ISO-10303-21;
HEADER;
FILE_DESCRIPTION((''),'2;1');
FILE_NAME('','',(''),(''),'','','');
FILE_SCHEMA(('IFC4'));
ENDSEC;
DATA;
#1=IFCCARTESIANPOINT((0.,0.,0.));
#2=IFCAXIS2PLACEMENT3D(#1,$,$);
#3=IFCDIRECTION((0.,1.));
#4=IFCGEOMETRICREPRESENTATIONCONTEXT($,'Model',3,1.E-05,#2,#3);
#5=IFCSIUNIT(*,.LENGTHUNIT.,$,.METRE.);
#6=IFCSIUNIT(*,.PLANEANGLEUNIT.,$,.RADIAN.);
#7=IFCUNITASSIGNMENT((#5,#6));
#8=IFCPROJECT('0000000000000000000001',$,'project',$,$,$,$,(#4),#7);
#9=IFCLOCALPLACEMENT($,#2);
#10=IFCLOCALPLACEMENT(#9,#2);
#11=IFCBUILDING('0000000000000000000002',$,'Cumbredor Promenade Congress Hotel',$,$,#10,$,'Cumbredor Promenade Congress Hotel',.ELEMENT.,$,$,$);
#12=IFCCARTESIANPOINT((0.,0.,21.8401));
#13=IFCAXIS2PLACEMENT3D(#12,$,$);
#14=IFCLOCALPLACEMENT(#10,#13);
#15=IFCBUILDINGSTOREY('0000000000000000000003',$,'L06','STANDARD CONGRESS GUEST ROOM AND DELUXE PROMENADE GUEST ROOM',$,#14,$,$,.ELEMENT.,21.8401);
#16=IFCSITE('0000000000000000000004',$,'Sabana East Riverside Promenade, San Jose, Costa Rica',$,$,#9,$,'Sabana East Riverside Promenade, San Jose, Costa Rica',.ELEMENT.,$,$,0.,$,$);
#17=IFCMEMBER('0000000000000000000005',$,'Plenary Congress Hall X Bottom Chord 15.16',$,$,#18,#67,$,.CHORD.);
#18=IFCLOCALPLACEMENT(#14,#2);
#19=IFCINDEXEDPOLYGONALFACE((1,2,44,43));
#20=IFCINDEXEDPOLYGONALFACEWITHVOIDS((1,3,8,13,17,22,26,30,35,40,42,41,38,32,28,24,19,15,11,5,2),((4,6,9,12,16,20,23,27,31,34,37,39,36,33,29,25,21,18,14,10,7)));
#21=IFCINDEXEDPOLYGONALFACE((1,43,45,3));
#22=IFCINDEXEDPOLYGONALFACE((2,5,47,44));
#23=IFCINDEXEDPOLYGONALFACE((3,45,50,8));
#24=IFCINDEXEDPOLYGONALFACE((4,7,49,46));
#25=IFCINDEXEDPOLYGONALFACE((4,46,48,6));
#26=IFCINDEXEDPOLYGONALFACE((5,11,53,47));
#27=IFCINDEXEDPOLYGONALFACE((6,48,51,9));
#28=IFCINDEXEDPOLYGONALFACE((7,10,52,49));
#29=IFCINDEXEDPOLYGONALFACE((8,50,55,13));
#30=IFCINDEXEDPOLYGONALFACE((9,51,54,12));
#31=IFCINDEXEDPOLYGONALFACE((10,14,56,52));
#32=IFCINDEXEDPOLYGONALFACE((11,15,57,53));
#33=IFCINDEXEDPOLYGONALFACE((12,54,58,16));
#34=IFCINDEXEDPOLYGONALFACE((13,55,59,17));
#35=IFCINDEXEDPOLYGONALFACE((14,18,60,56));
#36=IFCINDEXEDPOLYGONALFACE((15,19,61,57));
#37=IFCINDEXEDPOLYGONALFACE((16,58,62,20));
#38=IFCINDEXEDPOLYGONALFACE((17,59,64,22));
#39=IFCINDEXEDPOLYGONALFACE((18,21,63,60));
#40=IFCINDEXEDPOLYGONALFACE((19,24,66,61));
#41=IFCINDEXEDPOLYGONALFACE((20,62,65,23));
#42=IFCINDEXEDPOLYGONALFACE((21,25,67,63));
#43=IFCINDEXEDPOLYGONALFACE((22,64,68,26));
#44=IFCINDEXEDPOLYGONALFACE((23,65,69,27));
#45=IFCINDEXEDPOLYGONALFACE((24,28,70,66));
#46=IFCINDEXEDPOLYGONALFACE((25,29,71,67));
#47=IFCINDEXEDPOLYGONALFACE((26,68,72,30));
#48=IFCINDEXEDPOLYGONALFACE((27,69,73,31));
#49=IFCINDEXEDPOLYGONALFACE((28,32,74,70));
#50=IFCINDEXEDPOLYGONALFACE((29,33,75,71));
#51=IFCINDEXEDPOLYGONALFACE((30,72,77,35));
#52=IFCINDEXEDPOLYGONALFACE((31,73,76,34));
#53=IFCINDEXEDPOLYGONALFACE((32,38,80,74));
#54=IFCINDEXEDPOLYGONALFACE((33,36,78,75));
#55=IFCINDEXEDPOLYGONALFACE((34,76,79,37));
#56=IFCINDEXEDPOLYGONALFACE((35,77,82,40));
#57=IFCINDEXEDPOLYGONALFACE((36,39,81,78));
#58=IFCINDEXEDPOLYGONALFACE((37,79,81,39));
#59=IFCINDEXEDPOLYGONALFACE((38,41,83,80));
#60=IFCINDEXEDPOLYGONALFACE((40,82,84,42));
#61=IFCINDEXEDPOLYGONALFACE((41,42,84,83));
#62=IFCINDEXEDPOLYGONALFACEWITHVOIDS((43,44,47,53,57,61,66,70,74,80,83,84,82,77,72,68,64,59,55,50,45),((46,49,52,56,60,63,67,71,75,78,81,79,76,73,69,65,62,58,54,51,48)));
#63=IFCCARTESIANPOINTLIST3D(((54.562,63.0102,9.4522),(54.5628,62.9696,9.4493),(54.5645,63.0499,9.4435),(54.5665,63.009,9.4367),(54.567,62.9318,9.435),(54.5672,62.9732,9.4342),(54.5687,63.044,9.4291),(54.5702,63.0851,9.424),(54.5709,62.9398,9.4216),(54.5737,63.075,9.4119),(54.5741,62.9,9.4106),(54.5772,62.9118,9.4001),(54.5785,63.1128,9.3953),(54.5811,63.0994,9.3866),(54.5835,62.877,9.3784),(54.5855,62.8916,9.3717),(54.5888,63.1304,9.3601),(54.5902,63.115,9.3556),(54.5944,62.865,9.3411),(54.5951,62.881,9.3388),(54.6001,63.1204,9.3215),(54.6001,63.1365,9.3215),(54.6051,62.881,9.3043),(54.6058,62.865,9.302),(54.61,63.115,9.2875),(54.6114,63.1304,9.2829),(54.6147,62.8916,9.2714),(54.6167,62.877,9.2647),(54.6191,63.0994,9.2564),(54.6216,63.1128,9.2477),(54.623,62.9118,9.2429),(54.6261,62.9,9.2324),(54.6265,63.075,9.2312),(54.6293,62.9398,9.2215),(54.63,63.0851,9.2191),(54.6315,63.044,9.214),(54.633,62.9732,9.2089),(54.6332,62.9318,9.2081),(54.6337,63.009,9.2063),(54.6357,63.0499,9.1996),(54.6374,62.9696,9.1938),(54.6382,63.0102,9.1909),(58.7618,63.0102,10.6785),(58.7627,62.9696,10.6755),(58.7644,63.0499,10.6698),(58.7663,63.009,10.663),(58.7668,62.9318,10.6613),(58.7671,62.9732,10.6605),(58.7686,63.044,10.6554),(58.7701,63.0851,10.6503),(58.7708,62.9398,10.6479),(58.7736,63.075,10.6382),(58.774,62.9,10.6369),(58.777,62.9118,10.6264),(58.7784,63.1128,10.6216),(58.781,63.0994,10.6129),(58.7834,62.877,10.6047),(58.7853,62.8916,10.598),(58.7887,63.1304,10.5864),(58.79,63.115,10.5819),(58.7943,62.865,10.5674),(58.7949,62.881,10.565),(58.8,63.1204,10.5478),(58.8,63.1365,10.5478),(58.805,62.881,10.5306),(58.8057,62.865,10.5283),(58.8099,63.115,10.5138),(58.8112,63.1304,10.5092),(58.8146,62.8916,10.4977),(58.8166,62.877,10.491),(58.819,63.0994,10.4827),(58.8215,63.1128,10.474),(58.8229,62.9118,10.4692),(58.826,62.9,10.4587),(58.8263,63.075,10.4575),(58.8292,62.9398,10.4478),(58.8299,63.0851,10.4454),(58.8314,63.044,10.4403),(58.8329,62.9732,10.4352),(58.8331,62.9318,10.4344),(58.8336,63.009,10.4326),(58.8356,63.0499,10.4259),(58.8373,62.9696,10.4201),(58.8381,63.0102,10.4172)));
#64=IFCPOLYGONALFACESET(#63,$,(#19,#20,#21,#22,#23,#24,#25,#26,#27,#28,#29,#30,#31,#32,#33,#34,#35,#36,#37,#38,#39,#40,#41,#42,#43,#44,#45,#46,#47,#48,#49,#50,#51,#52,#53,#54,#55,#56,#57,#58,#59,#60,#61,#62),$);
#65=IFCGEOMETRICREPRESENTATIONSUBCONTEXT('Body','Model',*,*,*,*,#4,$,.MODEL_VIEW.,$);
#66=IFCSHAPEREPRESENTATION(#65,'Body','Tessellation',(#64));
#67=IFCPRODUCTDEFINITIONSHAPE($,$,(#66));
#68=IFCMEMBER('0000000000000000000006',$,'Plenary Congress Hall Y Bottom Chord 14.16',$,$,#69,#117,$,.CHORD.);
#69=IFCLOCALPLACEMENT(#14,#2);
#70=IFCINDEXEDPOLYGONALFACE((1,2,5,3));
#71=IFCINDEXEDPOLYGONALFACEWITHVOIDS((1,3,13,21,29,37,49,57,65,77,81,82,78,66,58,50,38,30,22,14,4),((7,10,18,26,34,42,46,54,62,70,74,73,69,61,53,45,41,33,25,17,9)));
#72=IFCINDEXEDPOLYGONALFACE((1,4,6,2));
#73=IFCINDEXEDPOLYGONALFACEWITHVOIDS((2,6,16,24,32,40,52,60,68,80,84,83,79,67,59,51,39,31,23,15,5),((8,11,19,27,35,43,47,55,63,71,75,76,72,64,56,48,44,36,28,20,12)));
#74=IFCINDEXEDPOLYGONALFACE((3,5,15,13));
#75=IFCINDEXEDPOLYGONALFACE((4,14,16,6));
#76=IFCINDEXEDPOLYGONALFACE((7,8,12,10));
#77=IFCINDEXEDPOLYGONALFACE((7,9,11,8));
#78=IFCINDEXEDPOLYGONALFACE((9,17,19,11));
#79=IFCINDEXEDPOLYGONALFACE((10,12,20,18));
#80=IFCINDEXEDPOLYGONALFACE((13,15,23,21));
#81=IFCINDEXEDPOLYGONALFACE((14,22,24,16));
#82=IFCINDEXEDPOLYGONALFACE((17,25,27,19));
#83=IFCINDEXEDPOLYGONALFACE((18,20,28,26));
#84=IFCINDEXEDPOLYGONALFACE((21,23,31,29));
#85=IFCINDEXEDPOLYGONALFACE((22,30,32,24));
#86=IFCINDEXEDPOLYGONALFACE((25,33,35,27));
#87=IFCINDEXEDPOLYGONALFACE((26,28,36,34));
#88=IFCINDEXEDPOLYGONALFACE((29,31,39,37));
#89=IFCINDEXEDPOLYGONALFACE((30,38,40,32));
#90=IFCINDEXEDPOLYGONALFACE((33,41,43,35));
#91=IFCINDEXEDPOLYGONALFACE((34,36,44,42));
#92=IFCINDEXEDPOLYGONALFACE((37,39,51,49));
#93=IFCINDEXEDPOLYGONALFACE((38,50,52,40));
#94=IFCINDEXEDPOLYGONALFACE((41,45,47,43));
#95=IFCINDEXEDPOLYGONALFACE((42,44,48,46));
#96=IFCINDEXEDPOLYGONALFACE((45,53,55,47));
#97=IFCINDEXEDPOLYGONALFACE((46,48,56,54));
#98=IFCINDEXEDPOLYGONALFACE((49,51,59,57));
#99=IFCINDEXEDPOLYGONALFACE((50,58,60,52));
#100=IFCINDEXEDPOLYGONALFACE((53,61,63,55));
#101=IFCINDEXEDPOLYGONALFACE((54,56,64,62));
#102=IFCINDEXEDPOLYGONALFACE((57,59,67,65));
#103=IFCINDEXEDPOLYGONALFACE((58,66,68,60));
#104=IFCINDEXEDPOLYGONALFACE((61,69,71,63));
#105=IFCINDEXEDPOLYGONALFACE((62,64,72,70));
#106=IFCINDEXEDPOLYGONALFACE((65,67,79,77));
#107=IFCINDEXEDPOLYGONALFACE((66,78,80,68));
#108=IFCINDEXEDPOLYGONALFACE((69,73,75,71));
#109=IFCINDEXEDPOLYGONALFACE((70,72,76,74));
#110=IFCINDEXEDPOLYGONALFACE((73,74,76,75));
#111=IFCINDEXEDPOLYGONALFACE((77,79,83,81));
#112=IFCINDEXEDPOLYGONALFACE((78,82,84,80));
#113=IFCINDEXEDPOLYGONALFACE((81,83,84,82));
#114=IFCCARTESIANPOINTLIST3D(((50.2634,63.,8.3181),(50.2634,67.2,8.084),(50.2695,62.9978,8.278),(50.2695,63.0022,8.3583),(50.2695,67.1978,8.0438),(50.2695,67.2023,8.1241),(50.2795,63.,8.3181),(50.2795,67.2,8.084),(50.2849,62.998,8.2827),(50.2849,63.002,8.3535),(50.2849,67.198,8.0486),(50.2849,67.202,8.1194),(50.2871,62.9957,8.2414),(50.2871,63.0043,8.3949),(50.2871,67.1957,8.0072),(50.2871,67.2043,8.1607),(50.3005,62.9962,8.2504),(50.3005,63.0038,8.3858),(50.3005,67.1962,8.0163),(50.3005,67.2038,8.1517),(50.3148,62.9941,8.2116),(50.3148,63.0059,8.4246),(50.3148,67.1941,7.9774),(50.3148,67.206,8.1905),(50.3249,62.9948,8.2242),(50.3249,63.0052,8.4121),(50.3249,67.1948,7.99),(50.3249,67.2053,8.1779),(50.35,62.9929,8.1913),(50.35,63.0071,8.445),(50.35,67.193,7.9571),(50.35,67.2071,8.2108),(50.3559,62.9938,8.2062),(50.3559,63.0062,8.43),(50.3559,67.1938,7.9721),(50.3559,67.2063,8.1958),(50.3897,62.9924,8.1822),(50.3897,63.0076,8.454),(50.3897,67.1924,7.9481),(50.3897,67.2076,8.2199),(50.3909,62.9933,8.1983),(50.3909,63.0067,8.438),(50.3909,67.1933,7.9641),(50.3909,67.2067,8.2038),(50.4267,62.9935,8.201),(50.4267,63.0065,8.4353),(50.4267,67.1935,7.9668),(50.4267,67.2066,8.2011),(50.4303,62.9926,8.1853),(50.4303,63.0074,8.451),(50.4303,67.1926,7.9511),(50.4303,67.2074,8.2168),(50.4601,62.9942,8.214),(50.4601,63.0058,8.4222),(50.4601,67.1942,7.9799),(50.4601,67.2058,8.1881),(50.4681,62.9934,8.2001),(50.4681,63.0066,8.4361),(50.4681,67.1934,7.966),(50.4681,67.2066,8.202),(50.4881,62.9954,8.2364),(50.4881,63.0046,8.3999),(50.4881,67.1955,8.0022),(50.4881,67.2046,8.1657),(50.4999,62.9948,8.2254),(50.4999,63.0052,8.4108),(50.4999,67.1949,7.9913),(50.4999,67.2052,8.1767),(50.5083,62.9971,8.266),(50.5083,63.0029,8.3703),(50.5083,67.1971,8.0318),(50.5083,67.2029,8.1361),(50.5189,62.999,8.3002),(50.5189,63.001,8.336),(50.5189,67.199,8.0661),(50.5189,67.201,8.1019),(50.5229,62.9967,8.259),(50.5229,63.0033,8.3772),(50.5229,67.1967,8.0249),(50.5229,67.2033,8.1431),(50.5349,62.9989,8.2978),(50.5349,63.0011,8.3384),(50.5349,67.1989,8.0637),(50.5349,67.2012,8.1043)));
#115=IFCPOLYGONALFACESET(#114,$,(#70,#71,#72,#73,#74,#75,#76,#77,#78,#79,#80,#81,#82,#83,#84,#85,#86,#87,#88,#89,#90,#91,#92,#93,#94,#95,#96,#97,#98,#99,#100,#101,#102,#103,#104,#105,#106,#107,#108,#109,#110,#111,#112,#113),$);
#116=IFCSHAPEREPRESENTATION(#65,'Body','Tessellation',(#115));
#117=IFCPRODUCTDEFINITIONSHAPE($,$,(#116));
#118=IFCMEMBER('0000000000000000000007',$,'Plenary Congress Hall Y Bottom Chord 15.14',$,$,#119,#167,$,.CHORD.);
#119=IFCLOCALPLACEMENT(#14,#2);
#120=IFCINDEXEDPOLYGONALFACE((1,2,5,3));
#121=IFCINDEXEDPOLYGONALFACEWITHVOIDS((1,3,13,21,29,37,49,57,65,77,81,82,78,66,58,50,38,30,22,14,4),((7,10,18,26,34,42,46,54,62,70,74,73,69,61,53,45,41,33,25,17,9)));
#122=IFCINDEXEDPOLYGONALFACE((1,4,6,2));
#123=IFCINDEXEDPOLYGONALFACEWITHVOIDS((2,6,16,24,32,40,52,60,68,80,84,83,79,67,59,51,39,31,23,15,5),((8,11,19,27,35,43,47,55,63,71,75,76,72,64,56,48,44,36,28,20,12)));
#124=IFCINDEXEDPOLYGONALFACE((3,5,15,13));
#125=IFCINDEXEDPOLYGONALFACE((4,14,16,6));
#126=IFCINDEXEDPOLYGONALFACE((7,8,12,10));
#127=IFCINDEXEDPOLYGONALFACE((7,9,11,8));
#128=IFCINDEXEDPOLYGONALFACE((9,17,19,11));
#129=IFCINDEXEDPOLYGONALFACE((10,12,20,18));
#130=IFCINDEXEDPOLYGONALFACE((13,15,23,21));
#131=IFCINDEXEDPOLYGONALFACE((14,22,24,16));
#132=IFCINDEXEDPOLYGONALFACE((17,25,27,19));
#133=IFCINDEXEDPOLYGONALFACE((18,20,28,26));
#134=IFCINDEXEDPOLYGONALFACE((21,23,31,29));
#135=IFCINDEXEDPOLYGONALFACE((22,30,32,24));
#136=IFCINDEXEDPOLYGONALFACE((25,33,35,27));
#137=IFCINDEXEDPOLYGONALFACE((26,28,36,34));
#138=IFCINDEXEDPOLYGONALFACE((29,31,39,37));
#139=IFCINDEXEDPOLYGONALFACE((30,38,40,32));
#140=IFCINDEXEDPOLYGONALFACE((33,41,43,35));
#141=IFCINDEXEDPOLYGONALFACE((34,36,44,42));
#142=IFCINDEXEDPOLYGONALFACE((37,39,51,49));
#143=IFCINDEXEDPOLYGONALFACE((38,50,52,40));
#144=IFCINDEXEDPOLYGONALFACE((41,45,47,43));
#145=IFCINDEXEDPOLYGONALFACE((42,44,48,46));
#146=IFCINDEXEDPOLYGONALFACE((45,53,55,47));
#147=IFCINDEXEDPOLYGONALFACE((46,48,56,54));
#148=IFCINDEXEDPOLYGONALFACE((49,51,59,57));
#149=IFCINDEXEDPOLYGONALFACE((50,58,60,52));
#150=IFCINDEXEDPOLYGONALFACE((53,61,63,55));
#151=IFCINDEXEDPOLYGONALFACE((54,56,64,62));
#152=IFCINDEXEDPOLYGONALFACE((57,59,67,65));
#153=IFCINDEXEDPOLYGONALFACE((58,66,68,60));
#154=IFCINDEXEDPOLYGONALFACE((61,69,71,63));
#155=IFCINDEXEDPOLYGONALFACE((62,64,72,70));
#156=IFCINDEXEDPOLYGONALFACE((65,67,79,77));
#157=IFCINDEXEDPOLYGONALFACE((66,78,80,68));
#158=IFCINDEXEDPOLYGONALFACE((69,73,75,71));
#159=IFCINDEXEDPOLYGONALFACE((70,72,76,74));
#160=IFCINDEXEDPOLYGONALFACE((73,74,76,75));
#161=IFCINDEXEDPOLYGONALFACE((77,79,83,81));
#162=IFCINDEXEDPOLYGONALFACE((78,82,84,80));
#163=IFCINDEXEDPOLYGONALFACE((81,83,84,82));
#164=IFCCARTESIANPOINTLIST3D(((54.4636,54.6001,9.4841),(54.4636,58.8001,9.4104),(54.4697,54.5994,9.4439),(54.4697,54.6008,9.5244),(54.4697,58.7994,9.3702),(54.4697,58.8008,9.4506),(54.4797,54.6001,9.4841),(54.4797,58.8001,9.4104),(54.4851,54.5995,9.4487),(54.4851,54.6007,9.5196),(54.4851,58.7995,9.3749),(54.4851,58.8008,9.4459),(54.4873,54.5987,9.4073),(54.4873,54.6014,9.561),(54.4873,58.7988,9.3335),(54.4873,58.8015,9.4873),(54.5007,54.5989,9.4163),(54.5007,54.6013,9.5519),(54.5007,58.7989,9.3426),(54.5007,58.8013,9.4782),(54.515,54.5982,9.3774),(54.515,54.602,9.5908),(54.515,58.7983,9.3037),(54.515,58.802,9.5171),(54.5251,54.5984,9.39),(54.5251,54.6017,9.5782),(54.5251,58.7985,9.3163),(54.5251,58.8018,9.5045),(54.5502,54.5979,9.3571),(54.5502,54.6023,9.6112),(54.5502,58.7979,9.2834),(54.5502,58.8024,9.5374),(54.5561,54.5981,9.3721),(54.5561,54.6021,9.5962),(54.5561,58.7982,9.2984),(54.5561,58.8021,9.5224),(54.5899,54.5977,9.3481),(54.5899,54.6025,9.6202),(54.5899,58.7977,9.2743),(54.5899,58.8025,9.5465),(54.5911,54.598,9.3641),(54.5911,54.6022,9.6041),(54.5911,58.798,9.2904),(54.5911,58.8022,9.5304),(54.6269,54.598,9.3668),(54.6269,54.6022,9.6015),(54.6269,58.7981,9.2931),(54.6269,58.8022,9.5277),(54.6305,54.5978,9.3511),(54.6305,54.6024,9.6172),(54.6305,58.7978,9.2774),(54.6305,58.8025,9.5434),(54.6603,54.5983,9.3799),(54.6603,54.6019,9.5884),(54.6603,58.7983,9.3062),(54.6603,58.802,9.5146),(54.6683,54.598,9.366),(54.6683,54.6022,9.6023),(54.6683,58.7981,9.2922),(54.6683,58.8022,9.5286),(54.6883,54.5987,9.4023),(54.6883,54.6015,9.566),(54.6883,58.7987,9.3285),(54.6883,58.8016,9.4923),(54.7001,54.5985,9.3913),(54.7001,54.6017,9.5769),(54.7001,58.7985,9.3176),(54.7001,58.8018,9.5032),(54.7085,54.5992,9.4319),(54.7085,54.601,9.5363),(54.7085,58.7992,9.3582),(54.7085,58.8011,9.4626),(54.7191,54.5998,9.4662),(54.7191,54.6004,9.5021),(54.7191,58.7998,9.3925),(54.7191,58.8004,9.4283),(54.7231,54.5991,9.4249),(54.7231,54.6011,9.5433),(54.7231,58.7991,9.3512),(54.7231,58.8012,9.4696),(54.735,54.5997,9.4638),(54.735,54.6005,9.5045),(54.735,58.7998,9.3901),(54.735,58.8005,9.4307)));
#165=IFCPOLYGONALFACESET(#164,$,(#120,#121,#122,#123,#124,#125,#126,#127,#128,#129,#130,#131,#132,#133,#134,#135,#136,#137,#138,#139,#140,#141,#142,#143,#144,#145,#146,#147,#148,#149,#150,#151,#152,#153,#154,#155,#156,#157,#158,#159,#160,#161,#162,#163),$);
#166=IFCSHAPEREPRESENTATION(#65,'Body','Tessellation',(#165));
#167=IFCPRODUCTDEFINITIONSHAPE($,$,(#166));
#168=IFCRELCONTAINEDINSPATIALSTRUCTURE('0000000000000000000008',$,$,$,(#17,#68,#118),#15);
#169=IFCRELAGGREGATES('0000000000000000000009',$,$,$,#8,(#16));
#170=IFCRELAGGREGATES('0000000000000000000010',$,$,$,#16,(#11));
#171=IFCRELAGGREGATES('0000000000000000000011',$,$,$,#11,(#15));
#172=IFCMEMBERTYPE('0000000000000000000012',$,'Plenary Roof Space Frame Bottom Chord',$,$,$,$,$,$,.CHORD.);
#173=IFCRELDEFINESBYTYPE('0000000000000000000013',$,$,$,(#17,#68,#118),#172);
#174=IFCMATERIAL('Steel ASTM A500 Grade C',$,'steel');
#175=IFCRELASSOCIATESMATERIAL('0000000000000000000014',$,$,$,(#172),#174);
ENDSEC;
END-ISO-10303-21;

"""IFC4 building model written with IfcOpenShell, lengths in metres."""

from ifc_helpers import new_model, si_unit, direction, frame, origin, origin_2d, place, context, subcontext, project, spatial, hollow_circle, extrude, material, material_profile, profile_set, type_object, element, save


model = new_model("IFC4")

# Units and contexts
model_context = context("Model", 3, precision=1e-05, world=origin(), true_north=direction((0.0, 1.0)))
body_context = subcontext(model_context, "Body", "Model", "MODEL_VIEW")
ifc_project = project(units=[si_unit("LENGTHUNIT", "METRE"), si_unit("PLANEANGLEUNIT", "RADIAN")], contexts=[model_context])

# Site, building, storey
site_placement = place(None, origin())
site = spatial("IfcSite", under=ifc_project, at=site_placement, Name="Sabana East Riverside Promenade, San Jose, Costa Rica", LongName="Sabana East Riverside Promenade, San Jose, Costa Rica", CompositionType="ELEMENT", RefElevation=0.0)
building_placement = place(site_placement, origin())
building = spatial("IfcBuilding", under=site, at=building_placement, Name="Cumbredor Promenade Congress Hotel", LongName="Cumbredor Promenade Congress Hotel", CompositionType="ELEMENT")
storey_placement = place(building_placement, frame((0.0, 0.0, 21.8401)))
storey = spatial("IfcBuildingStorey", under=building, at=storey_placement, Name="L06", Description="STANDARD CONGRESS GUEST ROOM AND DELUXE PROMENADE GUEST ROOM", CompositionType="ELEMENT", Elevation=21.8401)

# Members
ifc_material_1 = material(Name="Steel ASTM A500 Grade C", Category="steel")
ifc_material_profile_1 = material_profile(ifc_material_1, hollow_circle(Radius=0.1365, WallThickness=0.0161, at=origin_2d()), Name="CHS 273.0x16")
ifc_profile_set_1 = profile_set([ifc_material_profile_1], Name="Steel ASTM A500 Grade C")
member_type_1 = type_object("IfcMemberType", Name="Plenary Roof Space Frame Bottom Chord", PredefinedType="CHORD", material=ifc_profile_set_1)
member_1_placement = place(storey_placement, frame((54.6001, 63.0, 9.3215), z_axis=(0.959918, 0.0, 0.280281), x_axis=(0.0, 1.0, 0.0)))
element("IfcMember", 1, at=member_1_placement, inside=storey, type_object=member_type_1, Name="Plenary Congress Hall X Bottom Chord 15.16", PredefinedType="CHORD", context=body_context, shape_type="SweptSolid", body=[
    extrude(hollow_circle(Radius=0.1365, WallThickness=0.0161, at=origin_2d()), origin(), (0.0, 0.0, 1.0), 4.3752),
])
member_2_placement = place(storey_placement, frame((50.3999, 63.0, 8.3181), z_axis=(0.0, 0.99845, -0.05566), x_axis=(-1.0, 0.0, 0.0)))
element("IfcMember", 2, at=member_2_placement, inside=storey, type_object=member_type_1, Name="Plenary Congress Hall Y Bottom Chord 14.16", PredefinedType="CHORD", context=body_context, shape_type="SweptSolid", body=[
    extrude(hollow_circle(Radius=0.1365, WallThickness=0.0161, at=origin_2d()), origin(), (0.0, 0.0, 1.0), 4.2065),
])
member_3_placement = place(storey_placement, frame((54.6001, 54.6001, 9.4841), z_axis=(0.0, 0.999846, -0.017552), x_axis=(-1.0, 0.0, 0.0)))
element("IfcMember", 3, at=member_3_placement, inside=storey, type_object=member_type_1, Name="Plenary Congress Hall Y Bottom Chord 15.14", PredefinedType="CHORD", context=body_context, shape_type="SweptSolid", body=[
    extrude(hollow_circle(Radius=0.1365, WallThickness=0.0161, at=origin_2d()), origin(), (0.0, 0.0, 1.0), 4.2007),
])

save(model, "model.ifc")
